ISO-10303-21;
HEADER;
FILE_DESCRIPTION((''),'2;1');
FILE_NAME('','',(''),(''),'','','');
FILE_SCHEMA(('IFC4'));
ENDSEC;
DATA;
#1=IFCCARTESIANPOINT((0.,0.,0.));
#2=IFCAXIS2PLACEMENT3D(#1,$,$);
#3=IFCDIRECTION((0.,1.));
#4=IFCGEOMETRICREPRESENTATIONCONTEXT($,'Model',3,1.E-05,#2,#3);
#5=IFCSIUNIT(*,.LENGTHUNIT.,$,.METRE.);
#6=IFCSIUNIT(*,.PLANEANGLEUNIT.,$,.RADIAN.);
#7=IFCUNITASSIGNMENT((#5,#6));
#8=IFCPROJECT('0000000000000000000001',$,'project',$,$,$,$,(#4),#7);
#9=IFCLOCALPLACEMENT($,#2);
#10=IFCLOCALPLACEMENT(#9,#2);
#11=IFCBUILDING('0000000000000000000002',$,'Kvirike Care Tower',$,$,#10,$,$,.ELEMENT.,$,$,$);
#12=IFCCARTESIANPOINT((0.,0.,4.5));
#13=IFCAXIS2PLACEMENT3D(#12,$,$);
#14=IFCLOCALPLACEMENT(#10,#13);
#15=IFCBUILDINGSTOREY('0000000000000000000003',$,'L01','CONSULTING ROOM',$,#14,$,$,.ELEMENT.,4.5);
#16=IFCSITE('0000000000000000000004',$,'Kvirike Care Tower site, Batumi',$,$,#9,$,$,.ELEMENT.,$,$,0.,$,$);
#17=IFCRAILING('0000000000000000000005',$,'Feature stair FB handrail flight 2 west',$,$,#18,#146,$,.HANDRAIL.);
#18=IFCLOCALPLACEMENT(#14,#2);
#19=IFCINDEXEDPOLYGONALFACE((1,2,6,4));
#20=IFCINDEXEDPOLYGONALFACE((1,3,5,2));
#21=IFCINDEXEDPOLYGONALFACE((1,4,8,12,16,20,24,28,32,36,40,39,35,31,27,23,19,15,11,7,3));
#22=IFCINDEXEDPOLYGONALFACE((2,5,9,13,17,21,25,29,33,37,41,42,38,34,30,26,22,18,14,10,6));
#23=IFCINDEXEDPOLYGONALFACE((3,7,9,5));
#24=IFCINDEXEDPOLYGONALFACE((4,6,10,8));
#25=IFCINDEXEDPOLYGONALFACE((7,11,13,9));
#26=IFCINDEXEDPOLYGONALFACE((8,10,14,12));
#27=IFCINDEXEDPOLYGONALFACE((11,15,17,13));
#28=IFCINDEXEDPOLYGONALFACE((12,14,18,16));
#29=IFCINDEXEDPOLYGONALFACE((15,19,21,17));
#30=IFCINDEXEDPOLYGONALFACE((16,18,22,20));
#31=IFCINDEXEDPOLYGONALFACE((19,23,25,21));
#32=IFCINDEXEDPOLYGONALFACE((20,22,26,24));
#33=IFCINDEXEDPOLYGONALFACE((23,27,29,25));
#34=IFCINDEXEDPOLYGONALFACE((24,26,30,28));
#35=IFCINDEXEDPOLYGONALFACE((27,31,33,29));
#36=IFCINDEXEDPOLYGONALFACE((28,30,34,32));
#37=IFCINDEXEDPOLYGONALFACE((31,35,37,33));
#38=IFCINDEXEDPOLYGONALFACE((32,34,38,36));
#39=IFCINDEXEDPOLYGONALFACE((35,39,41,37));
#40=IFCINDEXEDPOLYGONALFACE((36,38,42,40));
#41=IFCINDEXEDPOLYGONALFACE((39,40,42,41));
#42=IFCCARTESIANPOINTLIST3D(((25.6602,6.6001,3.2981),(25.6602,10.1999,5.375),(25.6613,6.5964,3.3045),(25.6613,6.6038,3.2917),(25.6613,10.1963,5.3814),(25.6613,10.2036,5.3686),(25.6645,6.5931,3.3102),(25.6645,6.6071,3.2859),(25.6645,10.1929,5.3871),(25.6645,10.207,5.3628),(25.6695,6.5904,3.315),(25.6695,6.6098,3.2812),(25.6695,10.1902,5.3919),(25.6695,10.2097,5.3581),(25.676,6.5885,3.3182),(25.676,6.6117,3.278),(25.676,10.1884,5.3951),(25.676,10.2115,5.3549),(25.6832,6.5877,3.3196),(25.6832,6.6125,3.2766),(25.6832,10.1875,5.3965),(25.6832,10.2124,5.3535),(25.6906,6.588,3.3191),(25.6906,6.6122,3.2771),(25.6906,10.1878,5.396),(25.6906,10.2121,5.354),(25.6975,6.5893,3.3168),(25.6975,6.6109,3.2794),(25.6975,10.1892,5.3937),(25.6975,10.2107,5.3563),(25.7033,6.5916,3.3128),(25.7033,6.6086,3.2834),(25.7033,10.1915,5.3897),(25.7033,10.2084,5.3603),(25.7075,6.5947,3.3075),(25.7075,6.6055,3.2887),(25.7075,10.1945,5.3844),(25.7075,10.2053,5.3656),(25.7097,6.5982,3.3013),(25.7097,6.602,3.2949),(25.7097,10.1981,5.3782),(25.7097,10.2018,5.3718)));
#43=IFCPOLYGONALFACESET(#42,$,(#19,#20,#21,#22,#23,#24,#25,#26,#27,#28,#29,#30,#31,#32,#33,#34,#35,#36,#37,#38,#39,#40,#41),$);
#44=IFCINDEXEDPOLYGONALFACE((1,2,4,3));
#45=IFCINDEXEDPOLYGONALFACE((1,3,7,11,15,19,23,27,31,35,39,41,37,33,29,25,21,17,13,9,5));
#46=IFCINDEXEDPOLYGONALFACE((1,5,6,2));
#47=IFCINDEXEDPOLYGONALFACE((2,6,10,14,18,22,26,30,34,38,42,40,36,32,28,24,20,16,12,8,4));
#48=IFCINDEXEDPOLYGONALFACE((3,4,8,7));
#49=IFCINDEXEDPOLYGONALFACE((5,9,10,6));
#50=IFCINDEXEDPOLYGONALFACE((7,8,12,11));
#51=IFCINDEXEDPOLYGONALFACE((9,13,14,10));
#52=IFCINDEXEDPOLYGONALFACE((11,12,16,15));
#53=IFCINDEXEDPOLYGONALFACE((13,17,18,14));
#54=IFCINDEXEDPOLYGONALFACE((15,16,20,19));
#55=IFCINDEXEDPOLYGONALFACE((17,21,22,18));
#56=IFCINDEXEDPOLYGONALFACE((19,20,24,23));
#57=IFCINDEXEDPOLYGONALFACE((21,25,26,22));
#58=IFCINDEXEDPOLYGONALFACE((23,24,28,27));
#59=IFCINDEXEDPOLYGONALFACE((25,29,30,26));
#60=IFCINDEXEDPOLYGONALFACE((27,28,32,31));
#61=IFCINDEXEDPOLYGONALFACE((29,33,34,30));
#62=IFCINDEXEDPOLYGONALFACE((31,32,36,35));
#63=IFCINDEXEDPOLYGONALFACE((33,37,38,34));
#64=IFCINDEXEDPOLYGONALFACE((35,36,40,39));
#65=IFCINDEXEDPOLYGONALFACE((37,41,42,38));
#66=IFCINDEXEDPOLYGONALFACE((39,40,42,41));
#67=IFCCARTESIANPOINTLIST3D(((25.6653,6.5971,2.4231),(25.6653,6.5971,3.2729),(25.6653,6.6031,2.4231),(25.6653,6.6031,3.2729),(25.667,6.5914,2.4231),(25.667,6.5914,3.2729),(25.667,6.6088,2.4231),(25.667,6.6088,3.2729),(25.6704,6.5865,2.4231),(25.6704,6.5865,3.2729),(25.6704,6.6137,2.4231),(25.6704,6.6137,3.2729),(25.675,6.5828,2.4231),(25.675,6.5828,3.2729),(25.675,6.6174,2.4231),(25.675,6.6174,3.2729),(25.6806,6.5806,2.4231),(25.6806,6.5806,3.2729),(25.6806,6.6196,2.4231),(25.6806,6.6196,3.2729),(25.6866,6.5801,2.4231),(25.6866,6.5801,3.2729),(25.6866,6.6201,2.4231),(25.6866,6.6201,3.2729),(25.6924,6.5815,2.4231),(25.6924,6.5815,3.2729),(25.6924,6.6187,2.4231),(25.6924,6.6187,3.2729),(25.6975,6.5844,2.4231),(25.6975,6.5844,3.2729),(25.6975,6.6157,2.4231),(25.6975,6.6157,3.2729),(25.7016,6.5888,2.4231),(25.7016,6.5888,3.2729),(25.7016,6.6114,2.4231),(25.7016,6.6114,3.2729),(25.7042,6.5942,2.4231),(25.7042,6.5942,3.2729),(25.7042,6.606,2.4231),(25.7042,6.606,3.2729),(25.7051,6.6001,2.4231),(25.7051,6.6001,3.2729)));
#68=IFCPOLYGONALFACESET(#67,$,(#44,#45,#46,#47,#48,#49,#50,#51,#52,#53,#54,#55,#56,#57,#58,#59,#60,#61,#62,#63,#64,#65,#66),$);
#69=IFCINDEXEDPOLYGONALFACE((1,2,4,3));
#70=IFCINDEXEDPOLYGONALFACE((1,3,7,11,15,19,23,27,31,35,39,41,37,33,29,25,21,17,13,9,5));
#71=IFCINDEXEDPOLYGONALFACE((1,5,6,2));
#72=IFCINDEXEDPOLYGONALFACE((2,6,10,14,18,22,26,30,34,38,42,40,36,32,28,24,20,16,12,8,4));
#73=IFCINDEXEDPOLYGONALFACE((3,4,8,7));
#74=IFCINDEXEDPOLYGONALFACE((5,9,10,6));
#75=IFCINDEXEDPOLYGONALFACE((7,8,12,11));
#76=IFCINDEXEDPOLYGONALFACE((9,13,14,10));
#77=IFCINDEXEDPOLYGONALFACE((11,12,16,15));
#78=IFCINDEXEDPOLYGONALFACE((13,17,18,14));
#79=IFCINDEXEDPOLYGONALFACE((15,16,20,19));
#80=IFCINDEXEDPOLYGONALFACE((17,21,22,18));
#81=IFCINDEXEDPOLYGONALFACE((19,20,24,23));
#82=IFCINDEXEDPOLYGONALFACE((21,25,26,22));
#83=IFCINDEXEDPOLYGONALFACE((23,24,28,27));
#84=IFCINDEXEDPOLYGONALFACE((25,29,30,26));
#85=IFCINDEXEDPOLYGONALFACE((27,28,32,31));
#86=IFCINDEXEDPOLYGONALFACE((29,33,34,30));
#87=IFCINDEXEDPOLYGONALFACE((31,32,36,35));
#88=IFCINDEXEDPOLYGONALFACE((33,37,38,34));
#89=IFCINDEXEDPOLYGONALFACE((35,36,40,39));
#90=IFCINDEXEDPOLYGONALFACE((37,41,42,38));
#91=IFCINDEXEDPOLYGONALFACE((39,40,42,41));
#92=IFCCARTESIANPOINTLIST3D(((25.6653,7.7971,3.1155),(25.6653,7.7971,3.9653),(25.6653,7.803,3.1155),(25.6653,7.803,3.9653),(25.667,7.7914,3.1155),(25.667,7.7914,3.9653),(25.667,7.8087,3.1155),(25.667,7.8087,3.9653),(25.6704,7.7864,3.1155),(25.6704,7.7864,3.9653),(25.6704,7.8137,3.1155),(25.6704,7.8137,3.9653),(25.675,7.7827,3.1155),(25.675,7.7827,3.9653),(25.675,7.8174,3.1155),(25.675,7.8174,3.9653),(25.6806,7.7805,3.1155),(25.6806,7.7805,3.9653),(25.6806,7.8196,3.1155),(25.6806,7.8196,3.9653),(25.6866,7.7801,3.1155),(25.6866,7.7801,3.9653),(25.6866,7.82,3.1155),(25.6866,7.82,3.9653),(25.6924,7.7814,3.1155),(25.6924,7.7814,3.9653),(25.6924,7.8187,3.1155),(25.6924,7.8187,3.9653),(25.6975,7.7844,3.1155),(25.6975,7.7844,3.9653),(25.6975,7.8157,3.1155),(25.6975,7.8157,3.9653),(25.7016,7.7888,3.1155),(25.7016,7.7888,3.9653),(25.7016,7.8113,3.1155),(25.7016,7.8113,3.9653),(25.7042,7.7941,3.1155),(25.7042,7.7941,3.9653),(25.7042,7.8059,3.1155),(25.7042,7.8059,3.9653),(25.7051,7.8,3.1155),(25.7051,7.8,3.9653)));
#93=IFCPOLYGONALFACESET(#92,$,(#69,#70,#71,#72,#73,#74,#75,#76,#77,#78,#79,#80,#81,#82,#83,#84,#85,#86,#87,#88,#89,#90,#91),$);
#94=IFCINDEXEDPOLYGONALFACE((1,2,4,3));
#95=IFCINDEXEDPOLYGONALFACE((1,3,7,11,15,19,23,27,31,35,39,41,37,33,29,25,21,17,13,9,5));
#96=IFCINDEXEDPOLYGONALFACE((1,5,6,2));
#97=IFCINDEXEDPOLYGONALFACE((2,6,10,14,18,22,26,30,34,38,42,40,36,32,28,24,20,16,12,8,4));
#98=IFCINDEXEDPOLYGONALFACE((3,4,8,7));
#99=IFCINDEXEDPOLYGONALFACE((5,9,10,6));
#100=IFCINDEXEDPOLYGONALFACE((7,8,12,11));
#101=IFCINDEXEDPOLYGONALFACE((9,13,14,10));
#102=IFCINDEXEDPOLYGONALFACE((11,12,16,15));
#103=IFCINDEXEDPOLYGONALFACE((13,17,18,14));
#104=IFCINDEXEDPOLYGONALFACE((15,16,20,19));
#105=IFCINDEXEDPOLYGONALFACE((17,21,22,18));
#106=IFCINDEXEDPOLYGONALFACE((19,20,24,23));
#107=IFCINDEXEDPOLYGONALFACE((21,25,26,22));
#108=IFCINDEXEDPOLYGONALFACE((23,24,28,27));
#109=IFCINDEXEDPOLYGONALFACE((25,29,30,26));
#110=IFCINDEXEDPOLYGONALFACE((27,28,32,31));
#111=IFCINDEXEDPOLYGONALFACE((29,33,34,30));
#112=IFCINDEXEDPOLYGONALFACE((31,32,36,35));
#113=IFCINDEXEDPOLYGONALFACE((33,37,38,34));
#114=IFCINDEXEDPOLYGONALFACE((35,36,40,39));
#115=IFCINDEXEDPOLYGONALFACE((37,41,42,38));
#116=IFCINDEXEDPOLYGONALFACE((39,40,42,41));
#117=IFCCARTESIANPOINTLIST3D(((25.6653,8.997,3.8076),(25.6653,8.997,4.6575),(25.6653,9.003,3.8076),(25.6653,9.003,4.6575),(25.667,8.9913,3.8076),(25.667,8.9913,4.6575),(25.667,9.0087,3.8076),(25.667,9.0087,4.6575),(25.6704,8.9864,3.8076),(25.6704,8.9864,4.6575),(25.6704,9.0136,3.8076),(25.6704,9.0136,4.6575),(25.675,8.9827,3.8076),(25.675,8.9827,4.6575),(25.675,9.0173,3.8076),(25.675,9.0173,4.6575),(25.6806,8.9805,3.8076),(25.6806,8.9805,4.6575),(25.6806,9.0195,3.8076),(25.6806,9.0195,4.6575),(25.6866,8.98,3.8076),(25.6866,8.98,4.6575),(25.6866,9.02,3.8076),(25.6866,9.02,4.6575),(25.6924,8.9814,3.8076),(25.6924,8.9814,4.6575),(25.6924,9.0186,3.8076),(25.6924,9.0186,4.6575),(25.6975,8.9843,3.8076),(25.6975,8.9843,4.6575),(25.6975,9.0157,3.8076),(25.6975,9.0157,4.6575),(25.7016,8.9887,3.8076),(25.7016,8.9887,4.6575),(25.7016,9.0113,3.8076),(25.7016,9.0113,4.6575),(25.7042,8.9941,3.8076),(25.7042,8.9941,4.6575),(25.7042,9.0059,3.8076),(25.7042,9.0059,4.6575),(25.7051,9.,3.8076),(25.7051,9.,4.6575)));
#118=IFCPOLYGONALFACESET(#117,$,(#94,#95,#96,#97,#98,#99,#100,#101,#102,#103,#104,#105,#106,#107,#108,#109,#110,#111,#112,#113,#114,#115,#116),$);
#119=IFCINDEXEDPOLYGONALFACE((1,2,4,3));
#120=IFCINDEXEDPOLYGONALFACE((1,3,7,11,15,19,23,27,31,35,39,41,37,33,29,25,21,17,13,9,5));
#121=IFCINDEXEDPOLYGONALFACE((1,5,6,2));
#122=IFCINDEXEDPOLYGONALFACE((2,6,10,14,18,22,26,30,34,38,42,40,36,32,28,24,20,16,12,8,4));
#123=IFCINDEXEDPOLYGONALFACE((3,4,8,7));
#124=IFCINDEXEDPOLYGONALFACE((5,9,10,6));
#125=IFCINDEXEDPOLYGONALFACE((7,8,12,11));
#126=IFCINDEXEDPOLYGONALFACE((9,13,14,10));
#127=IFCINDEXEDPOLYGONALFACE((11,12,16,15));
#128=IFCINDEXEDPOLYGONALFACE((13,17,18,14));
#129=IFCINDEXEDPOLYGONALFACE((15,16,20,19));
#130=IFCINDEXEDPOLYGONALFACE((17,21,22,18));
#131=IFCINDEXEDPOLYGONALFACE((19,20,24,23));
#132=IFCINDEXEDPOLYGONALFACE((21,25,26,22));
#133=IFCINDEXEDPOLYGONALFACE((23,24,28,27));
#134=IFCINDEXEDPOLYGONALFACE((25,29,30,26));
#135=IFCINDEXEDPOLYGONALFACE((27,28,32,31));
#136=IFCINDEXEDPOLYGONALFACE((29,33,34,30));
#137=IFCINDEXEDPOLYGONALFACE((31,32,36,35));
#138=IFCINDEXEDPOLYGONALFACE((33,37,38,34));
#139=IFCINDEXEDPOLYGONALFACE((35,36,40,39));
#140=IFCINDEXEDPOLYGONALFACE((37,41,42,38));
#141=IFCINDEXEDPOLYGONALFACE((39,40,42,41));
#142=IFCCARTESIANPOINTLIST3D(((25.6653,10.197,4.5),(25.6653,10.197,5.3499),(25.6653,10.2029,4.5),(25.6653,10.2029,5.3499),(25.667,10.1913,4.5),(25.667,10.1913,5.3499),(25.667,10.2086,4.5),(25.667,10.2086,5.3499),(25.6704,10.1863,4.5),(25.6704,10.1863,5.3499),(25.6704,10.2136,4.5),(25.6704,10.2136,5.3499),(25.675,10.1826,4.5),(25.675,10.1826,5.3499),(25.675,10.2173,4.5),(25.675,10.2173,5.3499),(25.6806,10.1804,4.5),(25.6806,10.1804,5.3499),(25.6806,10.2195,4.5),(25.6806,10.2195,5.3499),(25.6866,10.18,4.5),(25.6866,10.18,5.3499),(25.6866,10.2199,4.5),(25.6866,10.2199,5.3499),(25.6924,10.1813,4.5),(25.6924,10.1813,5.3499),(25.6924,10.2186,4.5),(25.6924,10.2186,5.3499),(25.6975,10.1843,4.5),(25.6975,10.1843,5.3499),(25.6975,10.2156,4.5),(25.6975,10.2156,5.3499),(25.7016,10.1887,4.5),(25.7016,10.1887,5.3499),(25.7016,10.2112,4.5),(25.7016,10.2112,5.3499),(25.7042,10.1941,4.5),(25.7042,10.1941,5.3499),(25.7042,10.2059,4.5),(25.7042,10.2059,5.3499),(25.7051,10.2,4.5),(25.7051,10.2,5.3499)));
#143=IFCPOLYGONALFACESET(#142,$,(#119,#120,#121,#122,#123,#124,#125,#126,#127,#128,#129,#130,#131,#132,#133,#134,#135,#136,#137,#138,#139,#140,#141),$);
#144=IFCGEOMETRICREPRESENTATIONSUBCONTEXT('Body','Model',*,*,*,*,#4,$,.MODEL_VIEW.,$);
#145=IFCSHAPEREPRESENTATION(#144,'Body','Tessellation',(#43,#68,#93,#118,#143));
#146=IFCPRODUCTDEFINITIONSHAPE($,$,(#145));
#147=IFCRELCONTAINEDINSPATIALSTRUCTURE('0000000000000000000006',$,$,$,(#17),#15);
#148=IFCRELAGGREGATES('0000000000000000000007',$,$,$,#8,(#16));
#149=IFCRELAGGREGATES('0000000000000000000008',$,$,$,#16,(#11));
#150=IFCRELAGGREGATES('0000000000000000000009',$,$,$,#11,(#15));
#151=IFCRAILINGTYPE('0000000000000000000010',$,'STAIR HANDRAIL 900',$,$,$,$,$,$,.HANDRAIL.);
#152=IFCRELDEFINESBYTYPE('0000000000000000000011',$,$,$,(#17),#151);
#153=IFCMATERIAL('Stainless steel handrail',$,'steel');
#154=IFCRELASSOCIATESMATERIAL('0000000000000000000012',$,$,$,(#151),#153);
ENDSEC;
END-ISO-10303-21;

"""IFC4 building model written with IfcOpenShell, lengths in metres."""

from ifc_helpers import new_model, si_unit, direction, frame, origin, origin_2d, place, context, subcontext, project, spatial, circle, extrude, material, type_object, element, save


model = new_model("IFC4")

# Units and contexts
model_context = context("Model", 3, precision=1e-05, world=origin(), true_north=direction((0.0, 1.0)))
body_context = subcontext(model_context, "Body", "Model", "MODEL_VIEW")
ifc_project = project(units=[si_unit("LENGTHUNIT", "METRE"), si_unit("PLANEANGLEUNIT", "RADIAN")], contexts=[model_context])

# Site, building, storey
site_placement = place(None, origin())
site = spatial("IfcSite", under=ifc_project, at=site_placement, Name="Kvirike Care Tower site, Batumi", CompositionType="ELEMENT", RefElevation=0.0)
building_placement = place(site_placement, origin())
building = spatial("IfcBuilding", under=site, at=building_placement, Name="Kvirike Care Tower", CompositionType="ELEMENT")
storey_placement = place(building_placement, frame((0.0, 0.0, 4.5)))
storey = spatial("IfcBuildingStorey", under=building, at=storey_placement, Name="L01", Description="CONSULTING ROOM", CompositionType="ELEMENT", Elevation=4.5)

# Railing
ifc_material_1 = material(Name="Stainless steel handrail", Category="steel")
railing_type_1 = type_object("IfcRailingType", Name="STAIR HANDRAIL 900", PredefinedType="HANDRAIL", material=ifc_material_1)
for number, where, name in (
    (1, (25.6851, 6.6001, 2.4231), "Feature stair FB handrail flight 2 west"),
):
    element("IfcRailing", number, at=place(storey_placement, frame(where)), inside=storey, type_object=railing_type_1, Name=name, PredefinedType="HANDRAIL", context=body_context, shape_type="SweptSolid", body=[
        extrude(circle(Radius=0.0249, at=origin_2d()), frame((0.0, 0.0, 0.875), z_axis=(0.0, 0.866179, 0.499734), x_axis=(-1.0, 0.0, 0.0)), (0.0, 0.0, 1.0), 4.156),
        extrude(circle(Radius=0.02, at=origin_2d()), origin(), (0.0, 0.0, 1.0), 0.8499),
        extrude(circle(Radius=0.02, at=origin_2d()), frame((0.0, 1.2, 0.6924)), (0.0, 0.0, 1.0), 0.8499),
        extrude(circle(Radius=0.02, at=origin_2d()), frame((0.0, 2.3999, 1.3845)), (0.0, 0.0, 1.0), 0.8499),
        extrude(circle(Radius=0.02, at=origin_2d()), frame((0.0, 3.5999, 2.0769)), (0.0, 0.0, 1.0), 0.8499),
    ])

save(model, "model.ifc")
